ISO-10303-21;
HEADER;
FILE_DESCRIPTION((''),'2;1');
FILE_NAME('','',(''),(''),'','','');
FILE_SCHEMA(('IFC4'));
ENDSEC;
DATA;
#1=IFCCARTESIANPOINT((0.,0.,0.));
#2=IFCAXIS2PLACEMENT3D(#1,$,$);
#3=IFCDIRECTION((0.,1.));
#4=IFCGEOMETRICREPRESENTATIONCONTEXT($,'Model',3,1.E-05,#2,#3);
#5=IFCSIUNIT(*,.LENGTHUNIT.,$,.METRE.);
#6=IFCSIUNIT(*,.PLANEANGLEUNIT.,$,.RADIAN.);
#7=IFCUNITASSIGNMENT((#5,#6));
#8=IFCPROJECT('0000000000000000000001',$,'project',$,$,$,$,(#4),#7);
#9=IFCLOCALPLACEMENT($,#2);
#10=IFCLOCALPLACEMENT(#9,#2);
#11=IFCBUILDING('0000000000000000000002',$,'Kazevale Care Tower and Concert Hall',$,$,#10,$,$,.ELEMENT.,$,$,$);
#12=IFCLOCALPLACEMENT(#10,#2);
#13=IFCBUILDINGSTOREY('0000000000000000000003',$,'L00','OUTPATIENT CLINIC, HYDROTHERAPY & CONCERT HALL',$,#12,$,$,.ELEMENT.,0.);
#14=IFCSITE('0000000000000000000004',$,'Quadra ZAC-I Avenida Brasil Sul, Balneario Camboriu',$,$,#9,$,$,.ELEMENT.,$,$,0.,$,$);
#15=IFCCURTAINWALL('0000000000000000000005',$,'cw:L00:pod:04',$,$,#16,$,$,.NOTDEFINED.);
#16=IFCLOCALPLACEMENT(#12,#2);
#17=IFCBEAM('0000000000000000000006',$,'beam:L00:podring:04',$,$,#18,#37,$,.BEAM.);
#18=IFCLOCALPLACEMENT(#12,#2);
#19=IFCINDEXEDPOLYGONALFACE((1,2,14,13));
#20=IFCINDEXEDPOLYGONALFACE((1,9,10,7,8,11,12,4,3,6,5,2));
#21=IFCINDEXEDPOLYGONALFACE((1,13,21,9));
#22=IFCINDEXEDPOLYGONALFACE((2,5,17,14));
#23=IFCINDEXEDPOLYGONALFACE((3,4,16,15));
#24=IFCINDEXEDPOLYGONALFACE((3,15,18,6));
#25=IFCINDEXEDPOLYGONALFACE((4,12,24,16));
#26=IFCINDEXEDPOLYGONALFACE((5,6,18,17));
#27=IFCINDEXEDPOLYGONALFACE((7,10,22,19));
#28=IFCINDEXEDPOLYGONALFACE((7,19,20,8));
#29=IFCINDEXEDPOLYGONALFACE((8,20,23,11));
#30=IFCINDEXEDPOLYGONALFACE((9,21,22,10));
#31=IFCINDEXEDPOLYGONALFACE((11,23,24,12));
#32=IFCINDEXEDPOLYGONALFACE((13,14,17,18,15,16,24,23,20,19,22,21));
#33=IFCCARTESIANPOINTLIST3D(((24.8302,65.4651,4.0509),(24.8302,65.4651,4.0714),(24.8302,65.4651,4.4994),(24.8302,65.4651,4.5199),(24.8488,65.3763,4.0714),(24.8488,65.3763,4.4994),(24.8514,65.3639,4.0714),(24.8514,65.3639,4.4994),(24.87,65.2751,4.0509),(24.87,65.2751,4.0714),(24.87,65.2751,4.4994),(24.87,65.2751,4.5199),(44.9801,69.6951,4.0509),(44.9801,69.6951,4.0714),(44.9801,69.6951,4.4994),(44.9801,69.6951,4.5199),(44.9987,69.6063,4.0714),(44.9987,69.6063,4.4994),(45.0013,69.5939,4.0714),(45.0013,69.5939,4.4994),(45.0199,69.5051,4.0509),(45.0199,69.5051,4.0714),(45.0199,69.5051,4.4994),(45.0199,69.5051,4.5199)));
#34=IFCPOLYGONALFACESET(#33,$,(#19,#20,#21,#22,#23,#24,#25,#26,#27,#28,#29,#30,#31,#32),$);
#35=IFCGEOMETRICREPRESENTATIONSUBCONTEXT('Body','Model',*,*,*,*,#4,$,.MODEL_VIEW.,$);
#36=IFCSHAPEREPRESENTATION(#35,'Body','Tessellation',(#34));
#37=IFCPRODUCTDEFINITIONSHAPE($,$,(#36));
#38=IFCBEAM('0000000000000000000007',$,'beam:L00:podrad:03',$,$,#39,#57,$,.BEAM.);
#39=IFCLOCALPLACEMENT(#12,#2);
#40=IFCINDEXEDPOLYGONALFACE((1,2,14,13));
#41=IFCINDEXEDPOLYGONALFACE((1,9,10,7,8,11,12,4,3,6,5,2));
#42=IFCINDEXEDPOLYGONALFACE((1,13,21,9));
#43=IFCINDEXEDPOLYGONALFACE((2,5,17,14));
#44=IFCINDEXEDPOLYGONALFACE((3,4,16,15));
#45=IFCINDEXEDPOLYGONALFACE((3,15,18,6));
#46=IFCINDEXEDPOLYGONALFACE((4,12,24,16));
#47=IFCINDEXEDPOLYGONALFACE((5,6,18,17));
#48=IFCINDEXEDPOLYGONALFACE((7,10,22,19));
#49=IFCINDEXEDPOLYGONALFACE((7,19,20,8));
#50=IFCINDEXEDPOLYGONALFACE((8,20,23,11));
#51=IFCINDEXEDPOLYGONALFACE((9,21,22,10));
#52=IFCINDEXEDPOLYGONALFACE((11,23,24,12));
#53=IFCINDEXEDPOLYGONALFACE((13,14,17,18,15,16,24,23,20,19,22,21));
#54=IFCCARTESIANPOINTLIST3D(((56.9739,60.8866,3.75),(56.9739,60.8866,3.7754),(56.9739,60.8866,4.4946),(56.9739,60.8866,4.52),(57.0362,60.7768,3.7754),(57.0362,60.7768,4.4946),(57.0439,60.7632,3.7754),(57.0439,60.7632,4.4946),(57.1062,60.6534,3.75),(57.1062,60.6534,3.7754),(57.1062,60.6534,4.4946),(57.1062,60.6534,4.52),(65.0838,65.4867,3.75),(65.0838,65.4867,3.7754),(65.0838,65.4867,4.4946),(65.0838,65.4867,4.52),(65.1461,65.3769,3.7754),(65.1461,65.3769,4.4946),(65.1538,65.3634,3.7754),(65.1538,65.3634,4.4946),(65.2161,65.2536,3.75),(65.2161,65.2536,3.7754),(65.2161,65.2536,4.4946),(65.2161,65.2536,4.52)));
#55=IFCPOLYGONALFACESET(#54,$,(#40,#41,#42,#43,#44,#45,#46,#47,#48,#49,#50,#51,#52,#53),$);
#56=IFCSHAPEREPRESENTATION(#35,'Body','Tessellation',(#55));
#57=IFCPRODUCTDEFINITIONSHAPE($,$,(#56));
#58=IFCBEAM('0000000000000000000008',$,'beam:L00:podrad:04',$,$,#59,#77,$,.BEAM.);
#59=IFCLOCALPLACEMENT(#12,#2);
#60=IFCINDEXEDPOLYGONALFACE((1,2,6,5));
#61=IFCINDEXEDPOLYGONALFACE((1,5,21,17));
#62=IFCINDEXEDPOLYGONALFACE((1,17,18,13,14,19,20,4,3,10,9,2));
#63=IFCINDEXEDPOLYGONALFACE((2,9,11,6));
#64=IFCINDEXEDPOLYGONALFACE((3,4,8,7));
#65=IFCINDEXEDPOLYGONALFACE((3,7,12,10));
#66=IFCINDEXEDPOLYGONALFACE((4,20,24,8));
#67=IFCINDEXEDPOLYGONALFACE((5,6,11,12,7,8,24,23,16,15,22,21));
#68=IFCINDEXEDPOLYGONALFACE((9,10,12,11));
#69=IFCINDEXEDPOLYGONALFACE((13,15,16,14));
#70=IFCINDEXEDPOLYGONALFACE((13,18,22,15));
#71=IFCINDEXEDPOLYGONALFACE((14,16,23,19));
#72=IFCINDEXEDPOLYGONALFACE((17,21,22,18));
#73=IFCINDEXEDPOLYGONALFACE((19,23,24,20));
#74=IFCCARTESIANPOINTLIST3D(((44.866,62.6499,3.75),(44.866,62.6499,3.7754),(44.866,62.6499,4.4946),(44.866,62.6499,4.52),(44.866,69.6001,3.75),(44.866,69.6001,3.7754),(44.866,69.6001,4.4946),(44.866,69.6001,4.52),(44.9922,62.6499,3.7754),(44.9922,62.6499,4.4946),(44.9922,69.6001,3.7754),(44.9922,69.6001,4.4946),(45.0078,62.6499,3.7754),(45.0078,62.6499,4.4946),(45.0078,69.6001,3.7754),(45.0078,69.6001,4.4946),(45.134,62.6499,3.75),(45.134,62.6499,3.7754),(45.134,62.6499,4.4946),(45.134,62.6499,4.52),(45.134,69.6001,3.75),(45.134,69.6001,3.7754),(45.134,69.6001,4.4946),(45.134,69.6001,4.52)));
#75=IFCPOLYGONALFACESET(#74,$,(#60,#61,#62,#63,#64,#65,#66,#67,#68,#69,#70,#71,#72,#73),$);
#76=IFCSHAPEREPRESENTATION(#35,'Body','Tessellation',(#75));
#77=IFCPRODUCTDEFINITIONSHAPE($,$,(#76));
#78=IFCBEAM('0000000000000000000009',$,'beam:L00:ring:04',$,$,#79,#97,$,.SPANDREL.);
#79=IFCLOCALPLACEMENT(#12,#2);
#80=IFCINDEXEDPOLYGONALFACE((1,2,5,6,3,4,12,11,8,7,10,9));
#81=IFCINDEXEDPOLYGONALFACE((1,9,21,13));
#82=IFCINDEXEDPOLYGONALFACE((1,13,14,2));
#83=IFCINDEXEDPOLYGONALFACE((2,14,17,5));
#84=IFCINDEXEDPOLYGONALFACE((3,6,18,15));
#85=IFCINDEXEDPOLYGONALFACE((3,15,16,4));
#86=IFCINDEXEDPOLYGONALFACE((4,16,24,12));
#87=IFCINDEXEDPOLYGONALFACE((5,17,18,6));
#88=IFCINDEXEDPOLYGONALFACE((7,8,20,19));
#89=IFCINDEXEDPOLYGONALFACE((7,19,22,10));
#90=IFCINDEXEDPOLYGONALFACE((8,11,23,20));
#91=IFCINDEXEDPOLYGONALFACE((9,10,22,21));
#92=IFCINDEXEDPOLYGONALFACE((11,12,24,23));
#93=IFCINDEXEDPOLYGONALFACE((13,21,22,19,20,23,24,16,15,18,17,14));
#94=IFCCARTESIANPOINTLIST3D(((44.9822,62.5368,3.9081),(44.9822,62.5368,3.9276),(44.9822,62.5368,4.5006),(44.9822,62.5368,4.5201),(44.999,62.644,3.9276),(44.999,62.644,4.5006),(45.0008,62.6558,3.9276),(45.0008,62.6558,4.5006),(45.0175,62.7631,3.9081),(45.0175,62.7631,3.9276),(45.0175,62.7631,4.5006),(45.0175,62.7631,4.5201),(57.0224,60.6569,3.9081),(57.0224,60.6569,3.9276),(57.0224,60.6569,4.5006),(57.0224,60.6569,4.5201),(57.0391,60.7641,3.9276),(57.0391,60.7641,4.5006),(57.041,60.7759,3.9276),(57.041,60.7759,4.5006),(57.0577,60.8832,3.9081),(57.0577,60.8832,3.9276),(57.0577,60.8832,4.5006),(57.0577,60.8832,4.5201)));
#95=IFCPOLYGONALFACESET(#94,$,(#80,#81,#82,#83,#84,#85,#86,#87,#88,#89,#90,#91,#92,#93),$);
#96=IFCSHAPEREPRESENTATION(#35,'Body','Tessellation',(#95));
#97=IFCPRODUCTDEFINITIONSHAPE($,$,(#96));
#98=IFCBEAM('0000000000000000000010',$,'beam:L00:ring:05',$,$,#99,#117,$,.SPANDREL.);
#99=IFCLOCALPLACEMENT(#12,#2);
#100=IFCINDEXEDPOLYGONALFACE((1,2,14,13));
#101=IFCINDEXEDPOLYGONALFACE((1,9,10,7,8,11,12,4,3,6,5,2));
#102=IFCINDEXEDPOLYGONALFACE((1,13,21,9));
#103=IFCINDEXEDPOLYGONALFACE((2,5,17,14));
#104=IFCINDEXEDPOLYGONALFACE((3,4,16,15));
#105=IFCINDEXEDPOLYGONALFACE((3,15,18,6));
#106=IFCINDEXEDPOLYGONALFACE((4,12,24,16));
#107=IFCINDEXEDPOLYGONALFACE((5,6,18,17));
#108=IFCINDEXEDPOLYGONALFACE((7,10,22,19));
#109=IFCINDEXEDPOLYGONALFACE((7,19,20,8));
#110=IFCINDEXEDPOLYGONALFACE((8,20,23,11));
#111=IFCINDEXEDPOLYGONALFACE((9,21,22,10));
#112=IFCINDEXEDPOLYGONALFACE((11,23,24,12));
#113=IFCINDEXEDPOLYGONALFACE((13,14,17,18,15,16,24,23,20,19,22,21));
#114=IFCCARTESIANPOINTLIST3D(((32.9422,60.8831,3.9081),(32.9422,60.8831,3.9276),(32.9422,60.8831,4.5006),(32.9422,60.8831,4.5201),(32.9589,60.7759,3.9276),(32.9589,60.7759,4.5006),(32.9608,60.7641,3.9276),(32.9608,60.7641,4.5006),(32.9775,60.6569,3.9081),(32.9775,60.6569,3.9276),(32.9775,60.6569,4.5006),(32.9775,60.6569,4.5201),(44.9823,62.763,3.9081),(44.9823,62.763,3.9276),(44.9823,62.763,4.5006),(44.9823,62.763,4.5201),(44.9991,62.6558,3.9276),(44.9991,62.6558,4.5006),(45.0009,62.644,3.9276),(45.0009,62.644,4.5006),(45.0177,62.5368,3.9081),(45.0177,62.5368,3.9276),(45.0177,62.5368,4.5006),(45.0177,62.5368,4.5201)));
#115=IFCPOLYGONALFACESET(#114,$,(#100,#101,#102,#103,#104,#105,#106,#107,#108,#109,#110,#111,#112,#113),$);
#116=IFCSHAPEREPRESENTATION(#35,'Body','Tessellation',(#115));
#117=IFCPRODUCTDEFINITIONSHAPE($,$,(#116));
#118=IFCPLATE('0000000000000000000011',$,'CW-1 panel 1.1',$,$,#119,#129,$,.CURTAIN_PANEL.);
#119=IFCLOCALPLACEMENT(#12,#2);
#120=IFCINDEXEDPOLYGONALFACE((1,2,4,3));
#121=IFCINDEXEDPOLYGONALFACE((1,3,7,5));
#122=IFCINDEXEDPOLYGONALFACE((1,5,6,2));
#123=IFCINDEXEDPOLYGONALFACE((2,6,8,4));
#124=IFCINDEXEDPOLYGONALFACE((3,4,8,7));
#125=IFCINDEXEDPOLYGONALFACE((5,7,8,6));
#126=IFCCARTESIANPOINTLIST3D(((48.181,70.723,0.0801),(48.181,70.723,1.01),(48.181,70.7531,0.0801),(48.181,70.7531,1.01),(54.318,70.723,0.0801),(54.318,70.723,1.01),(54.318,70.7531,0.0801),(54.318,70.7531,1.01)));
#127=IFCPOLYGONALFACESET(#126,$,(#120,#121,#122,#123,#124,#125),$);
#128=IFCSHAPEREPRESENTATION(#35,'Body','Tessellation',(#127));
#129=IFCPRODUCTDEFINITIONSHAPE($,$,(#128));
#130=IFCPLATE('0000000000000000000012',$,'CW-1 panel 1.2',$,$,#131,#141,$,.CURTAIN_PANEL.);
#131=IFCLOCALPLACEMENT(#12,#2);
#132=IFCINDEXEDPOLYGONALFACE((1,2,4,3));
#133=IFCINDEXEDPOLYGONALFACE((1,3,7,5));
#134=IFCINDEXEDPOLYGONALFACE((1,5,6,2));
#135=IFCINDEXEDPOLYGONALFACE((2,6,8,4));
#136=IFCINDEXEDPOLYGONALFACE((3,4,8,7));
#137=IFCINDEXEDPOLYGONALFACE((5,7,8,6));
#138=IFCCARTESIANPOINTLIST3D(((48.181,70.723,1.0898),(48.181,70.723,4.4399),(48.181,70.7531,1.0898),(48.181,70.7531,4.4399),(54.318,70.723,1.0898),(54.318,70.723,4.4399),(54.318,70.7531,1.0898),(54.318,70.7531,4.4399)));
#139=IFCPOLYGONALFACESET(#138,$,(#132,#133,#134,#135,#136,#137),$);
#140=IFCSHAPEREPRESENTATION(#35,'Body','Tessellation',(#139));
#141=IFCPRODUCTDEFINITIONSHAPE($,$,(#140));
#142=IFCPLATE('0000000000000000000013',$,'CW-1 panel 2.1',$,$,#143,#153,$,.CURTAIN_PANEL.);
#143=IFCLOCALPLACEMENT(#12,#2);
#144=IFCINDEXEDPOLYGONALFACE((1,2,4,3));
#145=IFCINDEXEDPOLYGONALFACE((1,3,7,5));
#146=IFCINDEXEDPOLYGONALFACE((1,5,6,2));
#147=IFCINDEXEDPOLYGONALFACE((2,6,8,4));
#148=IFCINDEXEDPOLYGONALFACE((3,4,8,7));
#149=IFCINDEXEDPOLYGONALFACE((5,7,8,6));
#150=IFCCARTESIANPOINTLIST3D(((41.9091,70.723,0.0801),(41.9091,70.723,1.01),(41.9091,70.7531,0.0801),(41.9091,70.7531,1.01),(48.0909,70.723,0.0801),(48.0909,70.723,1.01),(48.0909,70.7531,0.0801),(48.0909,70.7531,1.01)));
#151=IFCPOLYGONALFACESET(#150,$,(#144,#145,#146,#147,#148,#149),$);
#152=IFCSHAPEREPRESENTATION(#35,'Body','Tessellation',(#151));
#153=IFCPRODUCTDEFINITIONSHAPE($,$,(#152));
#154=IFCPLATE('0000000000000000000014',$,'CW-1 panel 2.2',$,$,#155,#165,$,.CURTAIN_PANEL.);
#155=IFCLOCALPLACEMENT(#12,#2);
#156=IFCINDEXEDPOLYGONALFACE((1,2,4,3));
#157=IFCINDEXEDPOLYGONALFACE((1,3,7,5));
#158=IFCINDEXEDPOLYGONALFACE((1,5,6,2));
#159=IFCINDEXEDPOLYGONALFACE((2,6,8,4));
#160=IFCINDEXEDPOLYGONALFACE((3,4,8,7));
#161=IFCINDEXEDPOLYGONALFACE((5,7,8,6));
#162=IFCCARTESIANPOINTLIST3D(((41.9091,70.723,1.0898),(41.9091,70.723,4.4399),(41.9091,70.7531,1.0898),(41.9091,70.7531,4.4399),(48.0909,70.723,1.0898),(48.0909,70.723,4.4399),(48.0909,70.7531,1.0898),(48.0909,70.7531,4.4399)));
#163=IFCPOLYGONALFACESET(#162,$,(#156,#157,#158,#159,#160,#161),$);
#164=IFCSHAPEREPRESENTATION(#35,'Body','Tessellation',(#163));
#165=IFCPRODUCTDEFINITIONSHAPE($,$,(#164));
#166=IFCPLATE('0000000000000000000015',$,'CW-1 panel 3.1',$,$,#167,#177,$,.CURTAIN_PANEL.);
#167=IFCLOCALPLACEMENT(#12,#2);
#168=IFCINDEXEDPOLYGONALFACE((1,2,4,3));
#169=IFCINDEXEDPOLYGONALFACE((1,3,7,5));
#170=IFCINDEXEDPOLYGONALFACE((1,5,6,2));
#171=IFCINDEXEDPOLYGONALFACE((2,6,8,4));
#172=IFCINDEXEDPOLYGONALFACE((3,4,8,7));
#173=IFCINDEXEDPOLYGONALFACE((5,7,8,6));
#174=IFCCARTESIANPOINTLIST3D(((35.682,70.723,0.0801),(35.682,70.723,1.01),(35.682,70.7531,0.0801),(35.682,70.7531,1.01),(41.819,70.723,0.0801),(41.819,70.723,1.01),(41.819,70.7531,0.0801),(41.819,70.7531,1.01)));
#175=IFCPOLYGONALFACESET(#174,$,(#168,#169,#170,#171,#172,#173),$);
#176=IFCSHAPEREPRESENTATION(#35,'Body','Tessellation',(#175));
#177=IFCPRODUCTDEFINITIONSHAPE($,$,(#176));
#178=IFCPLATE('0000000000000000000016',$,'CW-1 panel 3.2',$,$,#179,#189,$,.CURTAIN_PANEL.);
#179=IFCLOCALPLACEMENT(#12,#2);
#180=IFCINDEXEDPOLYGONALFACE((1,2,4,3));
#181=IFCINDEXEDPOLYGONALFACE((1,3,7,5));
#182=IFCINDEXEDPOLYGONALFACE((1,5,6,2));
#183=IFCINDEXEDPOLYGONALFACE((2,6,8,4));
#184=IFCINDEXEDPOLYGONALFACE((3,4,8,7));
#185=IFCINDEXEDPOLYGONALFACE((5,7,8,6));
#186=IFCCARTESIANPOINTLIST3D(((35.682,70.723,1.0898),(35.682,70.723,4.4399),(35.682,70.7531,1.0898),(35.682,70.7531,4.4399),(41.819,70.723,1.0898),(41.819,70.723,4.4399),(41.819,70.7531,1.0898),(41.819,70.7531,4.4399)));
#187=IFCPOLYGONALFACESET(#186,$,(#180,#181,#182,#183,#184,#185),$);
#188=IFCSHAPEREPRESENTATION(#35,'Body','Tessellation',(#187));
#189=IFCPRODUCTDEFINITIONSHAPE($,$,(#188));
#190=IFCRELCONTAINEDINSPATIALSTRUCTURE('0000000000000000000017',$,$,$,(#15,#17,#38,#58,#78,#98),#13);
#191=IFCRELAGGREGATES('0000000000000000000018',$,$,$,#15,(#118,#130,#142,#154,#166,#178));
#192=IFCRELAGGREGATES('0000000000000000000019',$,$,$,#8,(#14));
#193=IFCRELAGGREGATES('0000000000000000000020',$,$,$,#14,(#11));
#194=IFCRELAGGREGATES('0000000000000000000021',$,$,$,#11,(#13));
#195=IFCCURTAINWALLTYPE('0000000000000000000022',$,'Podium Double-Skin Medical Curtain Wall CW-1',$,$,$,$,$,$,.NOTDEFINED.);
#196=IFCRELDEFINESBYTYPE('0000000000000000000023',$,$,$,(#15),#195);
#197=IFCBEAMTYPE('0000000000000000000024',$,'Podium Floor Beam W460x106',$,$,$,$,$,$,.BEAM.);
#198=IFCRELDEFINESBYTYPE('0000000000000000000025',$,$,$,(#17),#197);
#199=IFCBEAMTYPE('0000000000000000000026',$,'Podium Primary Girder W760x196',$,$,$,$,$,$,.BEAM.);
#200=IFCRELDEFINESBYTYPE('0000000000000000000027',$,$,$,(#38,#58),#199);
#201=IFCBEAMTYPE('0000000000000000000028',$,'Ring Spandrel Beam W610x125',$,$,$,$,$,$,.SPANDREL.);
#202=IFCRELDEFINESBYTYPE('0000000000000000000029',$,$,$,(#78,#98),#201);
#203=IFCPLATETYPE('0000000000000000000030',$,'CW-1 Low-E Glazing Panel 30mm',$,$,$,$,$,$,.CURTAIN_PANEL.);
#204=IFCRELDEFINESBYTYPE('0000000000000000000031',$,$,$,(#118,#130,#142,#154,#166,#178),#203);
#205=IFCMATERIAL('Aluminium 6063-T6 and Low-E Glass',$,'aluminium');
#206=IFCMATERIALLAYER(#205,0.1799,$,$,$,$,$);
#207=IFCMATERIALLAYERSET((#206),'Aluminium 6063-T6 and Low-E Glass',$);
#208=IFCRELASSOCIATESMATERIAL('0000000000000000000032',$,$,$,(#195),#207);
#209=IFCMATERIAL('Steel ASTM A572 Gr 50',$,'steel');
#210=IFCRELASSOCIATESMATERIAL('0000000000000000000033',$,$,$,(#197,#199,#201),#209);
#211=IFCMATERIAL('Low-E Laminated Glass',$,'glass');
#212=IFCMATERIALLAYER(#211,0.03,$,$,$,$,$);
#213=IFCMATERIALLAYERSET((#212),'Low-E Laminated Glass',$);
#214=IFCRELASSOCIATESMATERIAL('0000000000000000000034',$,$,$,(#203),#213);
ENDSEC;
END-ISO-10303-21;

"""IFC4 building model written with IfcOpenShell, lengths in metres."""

from ifc_helpers import new_model, si_unit, direction, frame, origin, origin_2d, place, context, subcontext, project, spatial, rectangle, i_section, extrude, material, layer, layer_set, material_profile, profile_set, type_object, element, aggregate, save


model = new_model("IFC4")

# Units and contexts
model_context = context("Model", 3, precision=1e-05, world=origin(), true_north=direction((0.0, 1.0)))
body_context = subcontext(model_context, "Body", "Model", "MODEL_VIEW")
ifc_project = project(units=[si_unit("LENGTHUNIT", "METRE"), si_unit("PLANEANGLEUNIT", "RADIAN")], contexts=[model_context])

# Site, building, storey
site_placement = place(None, origin())
site = spatial("IfcSite", under=ifc_project, at=site_placement, Name="Quadra ZAC-I Avenida Brasil Sul, Balneario Camboriu", CompositionType="ELEMENT", RefElevation=0.0)
building_placement = place(site_placement, origin())
building = spatial("IfcBuilding", under=site, at=building_placement, Name="Kazevale Care Tower and Concert Hall", CompositionType="ELEMENT")
storey_placement = place(building_placement, origin())
storey = spatial("IfcBuildingStorey", under=building, at=storey_placement, Name="L00", Description="OUTPATIENT CLINIC, HYDROTHERAPY & CONCERT HALL", CompositionType="ELEMENT", Elevation=0.0)

# Curtain wall
ifc_material_1 = material(Name="Aluminium 6063-T6 and Low-E Glass", Category="aluminium")
ifc_layer_1 = layer(ifc_material_1, 0.1799)
ifc_layer_set_1 = layer_set([ifc_layer_1], Name="Aluminium 6063-T6 and Low-E Glass")
curtain_wall_type = type_object("IfcCurtainWallType", Name="Podium Double-Skin Medical Curtain Wall CW-1", PredefinedType="NOTDEFINED", material=ifc_layer_set_1)
curtain_wall_placement = place(storey_placement, origin())
curtain_wall = element("IfcCurtainWall", 1, at=curtain_wall_placement, inside=storey, type_object=curtain_wall_type, Name="cw:L00:pod:04", PredefinedType="NOTDEFINED")

# Beams
ifc_material_2 = material(Name="Steel ASTM A572 Gr 50", Category="steel")
ifc_material_profile_1 = material_profile(ifc_material_2, i_section(OverallWidth=0.1941, OverallDepth=0.469, WebThickness=0.0127, FlangeThickness=0.0205, at=origin_2d()), Name="W460x106")
ifc_profile_set_1 = profile_set([ifc_material_profile_1], Name="Steel ASTM A572 Gr 50")
beam_type_1 = type_object("IfcBeamType", Name="Podium Floor Beam W460x106", PredefinedType="BEAM", material=ifc_profile_set_1)
beam_1_placement = place(storey_placement, frame((45.0, 69.6001, 4.2854), z_axis=(-0.978668, -0.205448, 0.0), x_axis=(0.205448, -0.978668, 0.0)))
element("IfcBeam", 2, at=beam_1_placement, inside=storey, type_object=beam_type_1, Name="beam:L00:podring:04", PredefinedType="BEAM", context=body_context, shape_type="SweptSolid", body=[
    extrude(i_section(OverallWidth=0.1941, OverallDepth=0.469, WebThickness=0.0127, FlangeThickness=0.0205, at=origin_2d()), origin(), (0.0, 0.0, 1.0), 20.5891),
])
ifc_material_profile_2 = material_profile(ifc_material_2, i_section(OverallWidth=0.2681, OverallDepth=0.77, WebThickness=0.0156, FlangeThickness=0.0254, at=origin_2d()), Name="W760x196")
ifc_profile_set_2 = profile_set([ifc_material_profile_2], Name="Steel ASTM A572 Gr 50")
beam_type_2 = type_object("IfcBeamType", Name="Podium Primary Girder W760x196", PredefinedType="BEAM", material=ifc_profile_set_2)
beam_2_placement = place(storey_placement, frame((57.04, 60.77, 4.135), z_axis=(0.869815, 0.493379, 0.0), x_axis=(-0.493379, 0.869815, 0.0)))
element("IfcBeam", 3, at=beam_2_placement, inside=storey, type_object=beam_type_2, Name="beam:L00:podrad:03", PredefinedType="BEAM", context=body_context, shape_type="SweptSolid", body=[
    extrude(i_section(OverallWidth=0.2681, OverallDepth=0.77, WebThickness=0.0156, FlangeThickness=0.0254, at=origin_2d()), origin(), (0.0, 0.0, 1.0), 9.3237),
])
beam_3_placement = place(storey_placement, frame((45.0, 62.6499, 4.135), z_axis=(0.0, 1.0, 0.0), x_axis=(-1.0, 0.0, 0.0)))
element("IfcBeam", 4, at=beam_3_placement, inside=storey, type_object=beam_type_2, Name="beam:L00:podrad:04", PredefinedType="BEAM", context=body_context, shape_type="SweptSolid", body=[
    extrude(i_section(OverallWidth=0.2681, OverallDepth=0.77, WebThickness=0.0156, FlangeThickness=0.0254, at=origin_2d()), origin(), (0.0, 0.0, 1.0), 6.9502),
])
ifc_material_profile_3 = material_profile(ifc_material_2, i_section(OverallWidth=0.229, OverallDepth=0.6121, WebThickness=0.012, FlangeThickness=0.0195, at=origin_2d()), Name="W610x125")
ifc_profile_set_3 = profile_set([ifc_material_profile_3], Name="Steel ASTM A572 Gr 50")
beam_type_3 = type_object("IfcBeamType", Name="Ring Spandrel Beam W610x125", PredefinedType="SPANDREL", material=ifc_profile_set_3)
for number, where, z_axis, x_axis, name in (
    (5, (57.04, 60.77, 4.2141), (-0.988029, 0.154267, 0.0), (-0.154267, -0.988029, 0.0), "beam:L00:ring:04"),
    (6, (45.0, 62.6499, 4.2141), (-0.988029, -0.154267, 0.0), (0.154267, -0.988029, 0.0), "beam:L00:ring:05"),
):
    element("IfcBeam", number, at=place(storey_placement, frame(where, z_axis=z_axis, x_axis=x_axis)), inside=storey, type_object=beam_type_3, Name=name, PredefinedType="SPANDREL", context=body_context, shape_type="SweptSolid", body=[
        extrude(i_section(OverallWidth=0.229, OverallDepth=0.6121, WebThickness=0.012, FlangeThickness=0.0195, at=origin_2d()), origin(), (0.0, 0.0, 1.0), 12.186),
    ])

# Plates
ifc_material_3 = material(Name="Low-E Laminated Glass", Category="glass")
ifc_layer_2 = layer(ifc_material_3, 0.03)
ifc_layer_set_2 = layer_set([ifc_layer_2], Name="Low-E Laminated Glass")
plate_type = type_object("IfcPlateType", Name="CW-1 Low-E Glazing Panel 30mm", PredefinedType="CURTAIN_PANEL", material=ifc_layer_set_2)
plate_1_placement = place(storey_placement, frame((51.2495, 70.738, 0.0801), z_axis=(0.0, 0.0, 1.0), x_axis=(-1.0, 0.0, 0.0)))
plate_1 = element("IfcPlate", 7, at=plate_1_placement, type_object=plate_type, Name="CW-1 panel 1.1", PredefinedType="CURTAIN_PANEL", context=body_context, shape_type="SweptSolid", body=[
    extrude(rectangle(XDim=6.137, YDim=0.03, at=origin_2d()), origin(), (0.0, 0.0, 1.0), 0.9299),
])
plate_2_placement = place(storey_placement, frame((51.2495, 70.738, 1.0898), z_axis=(0.0, 0.0, 1.0), x_axis=(-1.0, 0.0, 0.0)))
plate_2 = element("IfcPlate", 8, at=plate_2_placement, type_object=plate_type, Name="CW-1 panel 1.2", PredefinedType="CURTAIN_PANEL", context=body_context, shape_type="SweptSolid", body=[
    extrude(rectangle(XDim=6.137, YDim=0.03, at=origin_2d()), origin(), (0.0, 0.0, 1.0), 3.3501),
])
plate_3_placement = place(storey_placement, frame((45.0, 70.738, 0.0801), z_axis=(0.0, 0.0, 1.0), x_axis=(-1.0, 0.0, 0.0)))
plate_3 = element("IfcPlate", 9, at=plate_3_placement, type_object=plate_type, Name="CW-1 panel 2.1", PredefinedType="CURTAIN_PANEL", context=body_context, shape_type="SweptSolid", body=[
    extrude(rectangle(XDim=6.1819, YDim=0.03, at=origin_2d()), origin(), (0.0, 0.0, 1.0), 0.9299),
])
plate_4_placement = place(storey_placement, frame((45.0, 70.738, 1.0898), z_axis=(0.0, 0.0, 1.0), x_axis=(-1.0, 0.0, 0.0)))
plate_4 = element("IfcPlate", 10, at=plate_4_placement, type_object=plate_type, Name="CW-1 panel 2.2", PredefinedType="CURTAIN_PANEL", context=body_context, shape_type="SweptSolid", body=[
    extrude(rectangle(XDim=6.1819, YDim=0.03, at=origin_2d()), origin(), (0.0, 0.0, 1.0), 3.3501),
])
plate_5_placement = place(storey_placement, frame((38.7505, 70.738, 0.0801), z_axis=(0.0, 0.0, 1.0), x_axis=(-1.0, 0.0, 0.0)))
plate_5 = element("IfcPlate", 11, at=plate_5_placement, type_object=plate_type, Name="CW-1 panel 3.1", PredefinedType="CURTAIN_PANEL", context=body_context, shape_type="SweptSolid", body=[
    extrude(rectangle(XDim=6.137, YDim=0.03, at=origin_2d()), origin(), (0.0, 0.0, 1.0), 0.9299),
])
plate_6_placement = place(storey_placement, frame((38.7505, 70.738, 1.0898), z_axis=(0.0, 0.0, 1.0), x_axis=(-1.0, 0.0, 0.0)))
plate_6 = element("IfcPlate", 12, at=plate_6_placement, type_object=plate_type, Name="CW-1 panel 3.2", PredefinedType="CURTAIN_PANEL", context=body_context, shape_type="SweptSolid", body=[
    extrude(rectangle(XDim=6.137, YDim=0.03, at=origin_2d()), origin(), (0.0, 0.0, 1.0), 3.3501),
])
aggregate(curtain_wall, [plate_1, plate_2, plate_3, plate_4, plate_5, plate_6])

save(model, "model.ifc")
